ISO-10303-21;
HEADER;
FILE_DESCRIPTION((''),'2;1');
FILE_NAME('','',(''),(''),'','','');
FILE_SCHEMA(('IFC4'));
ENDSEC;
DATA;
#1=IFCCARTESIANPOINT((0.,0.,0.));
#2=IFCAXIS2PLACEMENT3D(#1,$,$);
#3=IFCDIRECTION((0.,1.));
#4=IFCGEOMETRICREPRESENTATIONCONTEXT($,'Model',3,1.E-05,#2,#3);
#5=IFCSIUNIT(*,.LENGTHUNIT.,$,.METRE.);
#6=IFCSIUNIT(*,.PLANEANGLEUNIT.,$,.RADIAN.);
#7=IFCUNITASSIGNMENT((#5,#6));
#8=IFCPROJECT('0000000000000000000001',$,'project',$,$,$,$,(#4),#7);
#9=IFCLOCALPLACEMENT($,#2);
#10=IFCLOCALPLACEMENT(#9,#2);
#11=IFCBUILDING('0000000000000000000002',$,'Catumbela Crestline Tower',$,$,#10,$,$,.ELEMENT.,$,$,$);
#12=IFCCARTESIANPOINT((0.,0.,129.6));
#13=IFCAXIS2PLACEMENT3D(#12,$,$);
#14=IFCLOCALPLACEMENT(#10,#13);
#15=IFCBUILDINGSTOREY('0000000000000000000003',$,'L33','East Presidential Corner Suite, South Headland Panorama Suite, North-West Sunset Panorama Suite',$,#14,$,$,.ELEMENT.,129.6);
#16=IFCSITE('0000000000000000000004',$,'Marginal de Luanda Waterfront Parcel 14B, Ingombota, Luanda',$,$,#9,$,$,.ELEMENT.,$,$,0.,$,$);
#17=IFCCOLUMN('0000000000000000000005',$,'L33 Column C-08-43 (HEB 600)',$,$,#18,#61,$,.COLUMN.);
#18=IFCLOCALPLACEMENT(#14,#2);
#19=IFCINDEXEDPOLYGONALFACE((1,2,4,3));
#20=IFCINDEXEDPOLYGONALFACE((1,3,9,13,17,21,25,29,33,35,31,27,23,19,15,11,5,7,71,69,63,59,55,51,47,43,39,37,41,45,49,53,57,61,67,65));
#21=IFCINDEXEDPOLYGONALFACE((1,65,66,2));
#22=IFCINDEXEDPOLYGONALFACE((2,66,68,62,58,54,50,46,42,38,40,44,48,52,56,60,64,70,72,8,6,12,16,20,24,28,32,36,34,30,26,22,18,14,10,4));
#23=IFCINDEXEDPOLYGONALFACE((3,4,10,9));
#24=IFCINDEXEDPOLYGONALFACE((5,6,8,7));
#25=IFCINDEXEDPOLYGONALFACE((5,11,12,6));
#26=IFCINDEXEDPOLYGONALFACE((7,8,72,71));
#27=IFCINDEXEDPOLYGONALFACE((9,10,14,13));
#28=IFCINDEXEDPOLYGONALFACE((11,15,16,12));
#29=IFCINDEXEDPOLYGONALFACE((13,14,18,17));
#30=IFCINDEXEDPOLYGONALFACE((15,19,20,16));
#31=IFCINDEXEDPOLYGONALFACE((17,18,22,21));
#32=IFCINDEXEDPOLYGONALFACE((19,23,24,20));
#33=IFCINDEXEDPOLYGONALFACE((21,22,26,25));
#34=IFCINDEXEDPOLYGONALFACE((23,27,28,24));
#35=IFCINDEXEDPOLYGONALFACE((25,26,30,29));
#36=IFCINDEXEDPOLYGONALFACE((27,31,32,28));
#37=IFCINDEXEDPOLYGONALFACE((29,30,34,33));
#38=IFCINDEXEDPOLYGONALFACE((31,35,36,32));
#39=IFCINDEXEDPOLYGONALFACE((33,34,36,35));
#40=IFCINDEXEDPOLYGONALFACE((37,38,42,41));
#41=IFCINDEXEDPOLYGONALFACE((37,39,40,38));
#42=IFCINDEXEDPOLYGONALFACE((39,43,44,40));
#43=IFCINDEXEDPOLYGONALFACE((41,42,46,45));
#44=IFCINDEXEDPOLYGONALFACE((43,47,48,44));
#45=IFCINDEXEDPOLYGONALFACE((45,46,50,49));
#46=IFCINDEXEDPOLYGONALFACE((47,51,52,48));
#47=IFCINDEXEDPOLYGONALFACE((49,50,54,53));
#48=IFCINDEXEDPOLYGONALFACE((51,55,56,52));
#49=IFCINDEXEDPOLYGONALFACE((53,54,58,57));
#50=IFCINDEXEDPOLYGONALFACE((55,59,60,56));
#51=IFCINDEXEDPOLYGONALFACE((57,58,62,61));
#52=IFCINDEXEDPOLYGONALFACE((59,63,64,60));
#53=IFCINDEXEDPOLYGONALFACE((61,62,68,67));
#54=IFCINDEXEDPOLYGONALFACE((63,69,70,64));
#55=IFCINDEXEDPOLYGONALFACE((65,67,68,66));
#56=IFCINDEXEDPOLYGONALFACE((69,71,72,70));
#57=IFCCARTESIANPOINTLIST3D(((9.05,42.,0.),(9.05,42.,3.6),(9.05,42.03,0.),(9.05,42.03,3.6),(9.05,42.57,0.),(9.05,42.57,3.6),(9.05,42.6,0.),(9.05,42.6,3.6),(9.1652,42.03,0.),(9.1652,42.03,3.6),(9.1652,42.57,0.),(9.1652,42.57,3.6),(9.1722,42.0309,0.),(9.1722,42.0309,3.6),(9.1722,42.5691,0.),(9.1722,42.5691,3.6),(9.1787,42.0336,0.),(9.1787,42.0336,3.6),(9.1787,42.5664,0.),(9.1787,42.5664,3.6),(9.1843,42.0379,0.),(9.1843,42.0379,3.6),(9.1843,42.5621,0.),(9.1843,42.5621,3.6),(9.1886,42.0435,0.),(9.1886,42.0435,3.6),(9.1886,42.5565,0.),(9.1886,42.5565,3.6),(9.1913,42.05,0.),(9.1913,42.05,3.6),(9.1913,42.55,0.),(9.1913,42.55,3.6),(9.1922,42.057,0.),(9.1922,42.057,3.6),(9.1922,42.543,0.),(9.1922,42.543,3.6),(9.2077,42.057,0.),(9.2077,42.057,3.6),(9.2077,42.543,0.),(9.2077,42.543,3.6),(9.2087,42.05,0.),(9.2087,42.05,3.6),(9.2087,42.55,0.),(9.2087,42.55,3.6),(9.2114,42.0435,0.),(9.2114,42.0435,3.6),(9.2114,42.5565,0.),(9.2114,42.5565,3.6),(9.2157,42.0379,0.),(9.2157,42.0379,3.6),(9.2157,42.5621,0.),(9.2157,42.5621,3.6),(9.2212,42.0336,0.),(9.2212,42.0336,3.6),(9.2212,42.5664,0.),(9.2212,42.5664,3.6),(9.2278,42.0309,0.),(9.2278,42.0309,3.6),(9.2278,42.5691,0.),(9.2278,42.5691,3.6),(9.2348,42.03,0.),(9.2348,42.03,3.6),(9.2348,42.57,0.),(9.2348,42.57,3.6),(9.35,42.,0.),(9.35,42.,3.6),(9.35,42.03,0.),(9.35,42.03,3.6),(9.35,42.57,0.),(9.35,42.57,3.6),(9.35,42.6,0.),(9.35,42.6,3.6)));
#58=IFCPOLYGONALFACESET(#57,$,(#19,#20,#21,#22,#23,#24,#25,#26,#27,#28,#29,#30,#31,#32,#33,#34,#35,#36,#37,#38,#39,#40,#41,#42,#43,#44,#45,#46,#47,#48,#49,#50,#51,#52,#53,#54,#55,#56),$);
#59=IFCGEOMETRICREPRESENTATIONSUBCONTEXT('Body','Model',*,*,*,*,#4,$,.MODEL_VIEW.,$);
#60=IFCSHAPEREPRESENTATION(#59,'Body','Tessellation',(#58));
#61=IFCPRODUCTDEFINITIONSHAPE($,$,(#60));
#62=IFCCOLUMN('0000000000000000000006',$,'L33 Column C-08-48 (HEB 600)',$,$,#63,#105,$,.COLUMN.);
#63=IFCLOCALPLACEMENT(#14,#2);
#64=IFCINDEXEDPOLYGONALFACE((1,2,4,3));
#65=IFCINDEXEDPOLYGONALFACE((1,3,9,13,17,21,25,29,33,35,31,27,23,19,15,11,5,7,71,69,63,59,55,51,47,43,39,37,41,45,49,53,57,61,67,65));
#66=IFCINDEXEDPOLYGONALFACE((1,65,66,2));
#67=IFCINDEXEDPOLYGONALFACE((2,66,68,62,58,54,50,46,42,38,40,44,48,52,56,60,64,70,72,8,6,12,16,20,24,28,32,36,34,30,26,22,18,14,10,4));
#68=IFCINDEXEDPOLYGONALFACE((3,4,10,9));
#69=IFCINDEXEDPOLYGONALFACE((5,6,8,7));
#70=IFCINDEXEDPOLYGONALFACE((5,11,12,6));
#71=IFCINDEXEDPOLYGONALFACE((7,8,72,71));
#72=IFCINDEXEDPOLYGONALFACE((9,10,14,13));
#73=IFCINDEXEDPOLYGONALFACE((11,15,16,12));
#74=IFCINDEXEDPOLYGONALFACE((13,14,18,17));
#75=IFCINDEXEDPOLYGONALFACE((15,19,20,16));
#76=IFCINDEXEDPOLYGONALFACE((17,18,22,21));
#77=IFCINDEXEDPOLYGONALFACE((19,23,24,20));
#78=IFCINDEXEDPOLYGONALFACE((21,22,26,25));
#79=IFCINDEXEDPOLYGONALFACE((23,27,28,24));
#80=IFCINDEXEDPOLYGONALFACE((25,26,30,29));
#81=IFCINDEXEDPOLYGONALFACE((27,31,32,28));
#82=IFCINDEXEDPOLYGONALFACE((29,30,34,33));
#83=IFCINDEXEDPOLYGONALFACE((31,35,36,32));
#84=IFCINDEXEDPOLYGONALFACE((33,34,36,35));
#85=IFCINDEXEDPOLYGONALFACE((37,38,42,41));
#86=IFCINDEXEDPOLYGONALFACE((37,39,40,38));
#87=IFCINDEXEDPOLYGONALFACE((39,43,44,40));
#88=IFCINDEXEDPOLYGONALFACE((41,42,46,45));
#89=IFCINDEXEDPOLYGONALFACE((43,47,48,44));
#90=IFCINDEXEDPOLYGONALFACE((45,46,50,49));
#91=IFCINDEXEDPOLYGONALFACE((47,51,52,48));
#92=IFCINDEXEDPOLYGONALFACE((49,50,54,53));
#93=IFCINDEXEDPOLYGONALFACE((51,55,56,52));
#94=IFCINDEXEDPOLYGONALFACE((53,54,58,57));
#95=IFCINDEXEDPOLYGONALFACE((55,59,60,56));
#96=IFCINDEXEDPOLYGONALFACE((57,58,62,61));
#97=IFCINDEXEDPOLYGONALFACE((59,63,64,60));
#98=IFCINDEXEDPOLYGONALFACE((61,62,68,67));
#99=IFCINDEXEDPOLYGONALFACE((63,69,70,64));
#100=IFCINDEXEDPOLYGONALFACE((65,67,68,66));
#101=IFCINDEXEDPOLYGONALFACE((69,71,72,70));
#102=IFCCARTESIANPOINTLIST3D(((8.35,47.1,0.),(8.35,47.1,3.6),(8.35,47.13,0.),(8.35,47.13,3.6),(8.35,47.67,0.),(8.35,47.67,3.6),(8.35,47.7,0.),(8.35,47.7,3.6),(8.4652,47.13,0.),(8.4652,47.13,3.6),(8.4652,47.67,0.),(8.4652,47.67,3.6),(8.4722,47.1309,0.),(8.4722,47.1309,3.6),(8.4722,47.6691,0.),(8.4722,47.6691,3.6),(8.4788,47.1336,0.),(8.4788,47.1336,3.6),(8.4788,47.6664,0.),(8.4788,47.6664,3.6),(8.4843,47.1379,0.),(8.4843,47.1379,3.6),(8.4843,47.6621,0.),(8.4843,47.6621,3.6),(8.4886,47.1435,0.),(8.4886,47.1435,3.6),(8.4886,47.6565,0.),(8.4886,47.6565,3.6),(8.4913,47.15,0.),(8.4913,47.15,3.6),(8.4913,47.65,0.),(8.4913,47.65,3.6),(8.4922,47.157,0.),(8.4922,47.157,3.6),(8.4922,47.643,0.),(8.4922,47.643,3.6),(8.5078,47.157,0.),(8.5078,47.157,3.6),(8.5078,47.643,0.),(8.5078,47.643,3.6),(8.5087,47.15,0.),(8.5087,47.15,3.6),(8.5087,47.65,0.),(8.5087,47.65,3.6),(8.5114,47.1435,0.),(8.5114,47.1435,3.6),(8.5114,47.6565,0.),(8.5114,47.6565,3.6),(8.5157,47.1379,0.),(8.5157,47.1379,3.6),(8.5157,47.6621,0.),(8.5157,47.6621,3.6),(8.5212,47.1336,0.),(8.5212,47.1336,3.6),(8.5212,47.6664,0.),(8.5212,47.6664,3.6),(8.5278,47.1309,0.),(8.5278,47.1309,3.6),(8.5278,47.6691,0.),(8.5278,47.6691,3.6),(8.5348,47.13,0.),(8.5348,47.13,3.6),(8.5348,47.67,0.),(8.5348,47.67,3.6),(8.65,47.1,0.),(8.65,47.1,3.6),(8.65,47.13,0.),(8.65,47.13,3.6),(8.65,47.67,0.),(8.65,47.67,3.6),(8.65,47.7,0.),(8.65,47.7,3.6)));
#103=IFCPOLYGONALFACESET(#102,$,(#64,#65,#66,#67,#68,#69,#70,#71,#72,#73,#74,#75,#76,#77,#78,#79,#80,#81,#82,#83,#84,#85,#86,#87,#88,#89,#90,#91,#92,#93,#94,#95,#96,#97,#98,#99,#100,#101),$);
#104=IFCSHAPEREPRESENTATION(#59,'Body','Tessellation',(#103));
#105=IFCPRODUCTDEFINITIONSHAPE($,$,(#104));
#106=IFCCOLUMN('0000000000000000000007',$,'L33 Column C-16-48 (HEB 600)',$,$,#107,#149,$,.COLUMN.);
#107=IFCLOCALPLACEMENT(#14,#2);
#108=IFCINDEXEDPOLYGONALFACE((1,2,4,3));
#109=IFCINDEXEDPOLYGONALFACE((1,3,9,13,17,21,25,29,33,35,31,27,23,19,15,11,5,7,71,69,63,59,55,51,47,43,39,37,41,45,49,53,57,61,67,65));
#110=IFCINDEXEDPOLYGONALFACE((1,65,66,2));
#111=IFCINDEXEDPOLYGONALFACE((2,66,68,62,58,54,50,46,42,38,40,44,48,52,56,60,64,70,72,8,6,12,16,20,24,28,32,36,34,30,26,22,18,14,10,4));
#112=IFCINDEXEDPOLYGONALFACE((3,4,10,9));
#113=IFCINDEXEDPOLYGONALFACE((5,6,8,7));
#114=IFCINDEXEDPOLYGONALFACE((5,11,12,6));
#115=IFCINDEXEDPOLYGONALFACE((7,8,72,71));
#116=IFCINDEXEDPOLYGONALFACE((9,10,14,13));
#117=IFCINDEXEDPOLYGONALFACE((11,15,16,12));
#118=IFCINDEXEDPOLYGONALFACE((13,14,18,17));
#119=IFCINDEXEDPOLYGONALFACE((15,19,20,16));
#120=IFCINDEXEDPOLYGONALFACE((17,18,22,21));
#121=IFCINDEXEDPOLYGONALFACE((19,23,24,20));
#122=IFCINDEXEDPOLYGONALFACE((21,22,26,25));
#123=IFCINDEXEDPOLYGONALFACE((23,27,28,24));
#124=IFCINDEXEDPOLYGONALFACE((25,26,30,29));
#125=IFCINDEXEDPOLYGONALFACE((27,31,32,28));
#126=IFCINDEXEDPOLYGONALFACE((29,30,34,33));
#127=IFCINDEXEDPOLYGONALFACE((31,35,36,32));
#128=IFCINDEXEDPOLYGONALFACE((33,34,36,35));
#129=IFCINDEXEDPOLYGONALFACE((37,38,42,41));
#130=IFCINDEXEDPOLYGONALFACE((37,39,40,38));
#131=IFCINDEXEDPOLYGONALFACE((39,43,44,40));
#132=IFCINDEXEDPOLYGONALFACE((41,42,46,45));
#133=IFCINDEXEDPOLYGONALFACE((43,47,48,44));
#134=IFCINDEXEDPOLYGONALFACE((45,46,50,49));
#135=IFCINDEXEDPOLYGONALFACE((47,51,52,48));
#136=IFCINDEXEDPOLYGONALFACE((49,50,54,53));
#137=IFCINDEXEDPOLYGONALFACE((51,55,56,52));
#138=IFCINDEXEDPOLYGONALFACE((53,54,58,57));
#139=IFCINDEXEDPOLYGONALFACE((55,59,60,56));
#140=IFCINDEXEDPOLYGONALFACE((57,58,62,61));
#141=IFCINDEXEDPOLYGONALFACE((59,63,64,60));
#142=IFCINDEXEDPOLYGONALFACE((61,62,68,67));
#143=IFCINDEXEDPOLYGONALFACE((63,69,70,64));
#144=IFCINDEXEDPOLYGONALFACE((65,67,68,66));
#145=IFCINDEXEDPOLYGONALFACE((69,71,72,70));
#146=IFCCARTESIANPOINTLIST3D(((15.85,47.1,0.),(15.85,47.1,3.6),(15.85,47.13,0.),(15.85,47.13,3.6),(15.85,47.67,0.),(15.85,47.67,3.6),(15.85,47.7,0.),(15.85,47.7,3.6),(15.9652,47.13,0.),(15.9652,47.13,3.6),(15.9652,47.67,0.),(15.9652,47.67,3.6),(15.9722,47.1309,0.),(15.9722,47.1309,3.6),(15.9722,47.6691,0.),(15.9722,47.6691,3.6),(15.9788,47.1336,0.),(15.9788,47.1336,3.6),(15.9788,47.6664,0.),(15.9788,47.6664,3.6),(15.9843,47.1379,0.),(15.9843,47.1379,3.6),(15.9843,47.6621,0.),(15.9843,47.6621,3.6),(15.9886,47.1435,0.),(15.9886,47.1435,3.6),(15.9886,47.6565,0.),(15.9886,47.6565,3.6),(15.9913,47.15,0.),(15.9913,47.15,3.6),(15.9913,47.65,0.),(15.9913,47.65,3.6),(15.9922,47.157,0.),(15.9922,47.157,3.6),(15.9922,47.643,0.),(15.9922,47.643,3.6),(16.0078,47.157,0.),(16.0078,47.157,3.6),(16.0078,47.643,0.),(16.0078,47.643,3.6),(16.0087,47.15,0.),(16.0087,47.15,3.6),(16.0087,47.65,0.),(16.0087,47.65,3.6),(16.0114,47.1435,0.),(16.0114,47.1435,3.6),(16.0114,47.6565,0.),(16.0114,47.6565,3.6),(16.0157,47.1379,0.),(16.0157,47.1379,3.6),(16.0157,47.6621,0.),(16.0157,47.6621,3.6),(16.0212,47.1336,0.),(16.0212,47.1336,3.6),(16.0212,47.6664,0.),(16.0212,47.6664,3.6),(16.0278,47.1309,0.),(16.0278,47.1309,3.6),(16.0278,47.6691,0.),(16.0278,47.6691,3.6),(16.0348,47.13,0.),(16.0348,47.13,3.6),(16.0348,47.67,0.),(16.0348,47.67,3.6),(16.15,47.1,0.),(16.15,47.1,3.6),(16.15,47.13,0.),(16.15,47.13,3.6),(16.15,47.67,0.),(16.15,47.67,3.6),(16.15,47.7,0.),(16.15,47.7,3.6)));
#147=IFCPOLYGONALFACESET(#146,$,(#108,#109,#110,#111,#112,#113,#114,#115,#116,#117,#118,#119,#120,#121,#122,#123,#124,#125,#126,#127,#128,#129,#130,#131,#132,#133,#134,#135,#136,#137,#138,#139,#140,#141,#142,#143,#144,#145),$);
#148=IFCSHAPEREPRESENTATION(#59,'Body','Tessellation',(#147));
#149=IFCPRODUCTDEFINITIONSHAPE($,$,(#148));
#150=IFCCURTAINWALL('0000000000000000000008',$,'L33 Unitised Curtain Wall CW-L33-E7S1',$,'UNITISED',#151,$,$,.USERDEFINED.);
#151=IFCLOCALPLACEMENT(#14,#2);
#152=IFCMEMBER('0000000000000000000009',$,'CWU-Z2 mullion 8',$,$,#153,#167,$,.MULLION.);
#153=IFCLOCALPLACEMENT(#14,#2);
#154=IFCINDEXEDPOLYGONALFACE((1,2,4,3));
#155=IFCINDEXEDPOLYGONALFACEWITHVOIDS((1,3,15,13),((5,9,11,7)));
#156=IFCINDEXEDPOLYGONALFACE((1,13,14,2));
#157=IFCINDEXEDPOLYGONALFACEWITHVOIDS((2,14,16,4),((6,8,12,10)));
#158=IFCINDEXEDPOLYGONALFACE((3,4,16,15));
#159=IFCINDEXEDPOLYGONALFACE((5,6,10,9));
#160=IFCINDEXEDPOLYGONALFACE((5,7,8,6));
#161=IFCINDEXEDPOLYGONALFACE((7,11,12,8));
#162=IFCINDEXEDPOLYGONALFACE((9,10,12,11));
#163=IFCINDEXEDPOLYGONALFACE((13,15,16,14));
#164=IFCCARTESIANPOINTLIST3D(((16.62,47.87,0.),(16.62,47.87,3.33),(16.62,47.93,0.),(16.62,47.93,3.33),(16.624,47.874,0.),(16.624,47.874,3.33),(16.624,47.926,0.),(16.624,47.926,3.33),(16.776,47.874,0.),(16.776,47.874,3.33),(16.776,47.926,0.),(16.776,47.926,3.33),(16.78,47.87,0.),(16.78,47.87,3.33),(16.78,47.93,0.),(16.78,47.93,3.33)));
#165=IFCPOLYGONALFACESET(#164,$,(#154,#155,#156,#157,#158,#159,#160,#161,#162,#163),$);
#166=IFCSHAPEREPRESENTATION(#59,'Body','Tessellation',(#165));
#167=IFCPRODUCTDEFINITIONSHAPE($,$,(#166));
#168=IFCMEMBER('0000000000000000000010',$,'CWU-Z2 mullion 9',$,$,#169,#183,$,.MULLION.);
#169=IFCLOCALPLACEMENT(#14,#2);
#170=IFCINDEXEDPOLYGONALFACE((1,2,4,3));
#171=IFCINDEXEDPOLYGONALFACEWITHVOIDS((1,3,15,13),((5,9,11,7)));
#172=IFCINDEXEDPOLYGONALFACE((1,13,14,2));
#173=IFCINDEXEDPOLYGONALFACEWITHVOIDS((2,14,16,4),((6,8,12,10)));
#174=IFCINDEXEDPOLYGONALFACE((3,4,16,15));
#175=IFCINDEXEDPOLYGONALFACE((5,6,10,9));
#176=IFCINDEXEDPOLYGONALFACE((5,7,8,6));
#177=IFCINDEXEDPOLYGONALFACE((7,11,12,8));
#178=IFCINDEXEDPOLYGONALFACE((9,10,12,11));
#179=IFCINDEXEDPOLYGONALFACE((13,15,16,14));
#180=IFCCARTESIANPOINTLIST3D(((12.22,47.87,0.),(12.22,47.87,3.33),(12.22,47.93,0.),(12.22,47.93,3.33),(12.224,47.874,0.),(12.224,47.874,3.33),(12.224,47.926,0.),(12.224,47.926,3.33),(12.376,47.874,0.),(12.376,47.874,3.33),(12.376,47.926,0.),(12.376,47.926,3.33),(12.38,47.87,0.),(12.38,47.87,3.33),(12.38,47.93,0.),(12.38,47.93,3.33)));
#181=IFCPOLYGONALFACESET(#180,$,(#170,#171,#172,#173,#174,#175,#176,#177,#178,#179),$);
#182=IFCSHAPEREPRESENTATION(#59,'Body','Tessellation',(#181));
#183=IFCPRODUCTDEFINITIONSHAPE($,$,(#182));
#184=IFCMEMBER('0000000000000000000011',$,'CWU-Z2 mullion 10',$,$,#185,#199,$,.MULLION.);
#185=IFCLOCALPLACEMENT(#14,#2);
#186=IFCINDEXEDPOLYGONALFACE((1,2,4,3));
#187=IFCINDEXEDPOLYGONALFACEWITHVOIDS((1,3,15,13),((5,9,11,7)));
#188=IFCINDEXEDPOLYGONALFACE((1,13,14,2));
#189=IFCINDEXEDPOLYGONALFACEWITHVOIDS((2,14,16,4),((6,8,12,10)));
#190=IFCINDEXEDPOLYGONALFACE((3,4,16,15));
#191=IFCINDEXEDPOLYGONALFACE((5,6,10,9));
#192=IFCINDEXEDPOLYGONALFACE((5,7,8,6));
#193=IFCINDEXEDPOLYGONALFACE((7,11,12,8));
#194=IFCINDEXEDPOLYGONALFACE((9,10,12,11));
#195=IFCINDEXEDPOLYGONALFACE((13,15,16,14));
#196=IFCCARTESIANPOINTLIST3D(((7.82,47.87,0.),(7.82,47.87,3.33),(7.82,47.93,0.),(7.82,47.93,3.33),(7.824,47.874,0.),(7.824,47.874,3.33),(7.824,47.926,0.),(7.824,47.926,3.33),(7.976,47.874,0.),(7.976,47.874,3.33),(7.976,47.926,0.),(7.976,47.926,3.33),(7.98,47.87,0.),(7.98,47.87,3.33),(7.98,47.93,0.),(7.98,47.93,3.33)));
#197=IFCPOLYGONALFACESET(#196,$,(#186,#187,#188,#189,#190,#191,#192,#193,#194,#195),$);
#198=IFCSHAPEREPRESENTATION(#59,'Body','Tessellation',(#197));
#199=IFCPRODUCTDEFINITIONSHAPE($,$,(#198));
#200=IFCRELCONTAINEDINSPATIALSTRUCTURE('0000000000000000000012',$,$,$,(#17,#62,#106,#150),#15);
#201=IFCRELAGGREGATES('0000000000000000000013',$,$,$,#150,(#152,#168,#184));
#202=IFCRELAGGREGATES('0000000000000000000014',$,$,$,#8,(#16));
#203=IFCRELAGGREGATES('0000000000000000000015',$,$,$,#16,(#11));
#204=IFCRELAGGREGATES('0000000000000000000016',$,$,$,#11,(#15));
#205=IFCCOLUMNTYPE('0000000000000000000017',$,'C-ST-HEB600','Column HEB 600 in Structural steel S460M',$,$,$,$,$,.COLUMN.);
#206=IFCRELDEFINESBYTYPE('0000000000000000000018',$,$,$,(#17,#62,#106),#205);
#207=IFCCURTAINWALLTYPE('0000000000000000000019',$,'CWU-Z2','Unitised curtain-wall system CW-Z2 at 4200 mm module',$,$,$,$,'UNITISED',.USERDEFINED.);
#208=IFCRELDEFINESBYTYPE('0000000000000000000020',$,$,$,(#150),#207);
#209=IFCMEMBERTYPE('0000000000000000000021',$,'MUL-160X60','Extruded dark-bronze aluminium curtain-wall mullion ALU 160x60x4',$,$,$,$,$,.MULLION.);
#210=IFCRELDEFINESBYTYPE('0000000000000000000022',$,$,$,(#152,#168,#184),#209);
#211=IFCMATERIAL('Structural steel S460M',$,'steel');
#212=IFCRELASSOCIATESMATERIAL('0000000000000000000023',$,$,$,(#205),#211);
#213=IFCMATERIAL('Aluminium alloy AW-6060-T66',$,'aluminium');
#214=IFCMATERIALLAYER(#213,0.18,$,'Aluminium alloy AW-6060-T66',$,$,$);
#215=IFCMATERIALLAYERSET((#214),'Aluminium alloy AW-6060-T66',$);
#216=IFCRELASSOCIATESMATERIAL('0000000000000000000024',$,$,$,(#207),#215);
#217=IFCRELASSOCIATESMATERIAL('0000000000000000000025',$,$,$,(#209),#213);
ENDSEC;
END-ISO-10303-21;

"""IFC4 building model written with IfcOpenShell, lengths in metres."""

from ifc_helpers import new_model, si_unit, direction, frame, origin, origin_2d, place, context, subcontext, project, spatial, hollow_rectangle, i_section, extrude, material, layer, layer_set, material_profile, profile_set, type_object, element, aggregate, save


model = new_model("IFC4")

# Units and contexts
model_context = context("Model", 3, precision=1e-05, world=origin(), true_north=direction((0.0, 1.0)))
body_context = subcontext(model_context, "Body", "Model", "MODEL_VIEW")
ifc_project = project(units=[si_unit("LENGTHUNIT", "METRE"), si_unit("PLANEANGLEUNIT", "RADIAN")], contexts=[model_context])

# Site, building, storey
site_placement = place(None, origin())
site = spatial("IfcSite", under=ifc_project, at=site_placement, Name="Marginal de Luanda Waterfront Parcel 14B, Ingombota, Luanda", CompositionType="ELEMENT", RefElevation=0.0)
building_placement = place(site_placement, origin())
building = spatial("IfcBuilding", under=site, at=building_placement, Name="Catumbela Crestline Tower", CompositionType="ELEMENT")
storey_placement = place(building_placement, frame((0.0, 0.0, 129.6)))
storey = spatial("IfcBuildingStorey", under=building, at=storey_placement, Name="L33", Description="East Presidential Corner Suite, South Headland Panorama Suite, North-West Sunset Panorama Suite", CompositionType="ELEMENT", Elevation=129.6)

# Columns
ifc_material_1 = material(Name="Structural steel S460M", Category="steel")
ifc_material_profile_1 = material_profile(ifc_material_1, i_section(OverallWidth=0.3, OverallDepth=0.6, WebThickness=0.0155, FlangeThickness=0.03, FilletRadius=0.027, at=origin_2d()), Name="HEB 600")
ifc_profile_set_1 = profile_set([ifc_material_profile_1], Name="Structural steel S460M")
column_type = type_object("IfcColumnType", Name="C-ST-HEB600", Description="Column HEB 600 in Structural steel S460M", PredefinedType="COLUMN", material=ifc_profile_set_1)
for number, where, z_axis, x_axis, name in (
    (1, (9.2, 42.3, 0.0), (0.0, 0.0, 1.0), (1.0, 0.0, 0.0), "L33 Column C-08-43 (HEB 600)"),
    (2, (8.5, 47.4, 0.0), (0.0, 0.0, 1.0), (1.0, 0.0, 0.0), "L33 Column C-08-48 (HEB 600)"),
    (3, (16.0, 47.4, 0.0), (0.0, 0.0, 1.0), (1.0, 0.0, 0.0), "L33 Column C-16-48 (HEB 600)"),
):
    element("IfcColumn", number, at=place(storey_placement, frame(where, z_axis=z_axis, x_axis=x_axis)), inside=storey, type_object=column_type, Name=name, PredefinedType="COLUMN", context=body_context, shape_type="SweptSolid", body=[
        extrude(i_section(OverallWidth=0.3, OverallDepth=0.6, WebThickness=0.0155, FlangeThickness=0.03, FilletRadius=0.027, at=origin_2d()), origin(), (0.0, 0.0, 1.0), 3.6),
    ])

# Curtain wall, members
ifc_material_2 = material(Name="Aluminium alloy AW-6060-T66", Category="aluminium")
ifc_layer_1 = layer(ifc_material_2, 0.18, Name="Aluminium alloy AW-6060-T66")
ifc_layer_set_1 = layer_set([ifc_layer_1], Name="Aluminium alloy AW-6060-T66")
curtain_wall_type = type_object("IfcCurtainWallType", Name="CWU-Z2", Description="Unitised curtain-wall system CW-Z2 at 4200 mm module", ElementType="UNITISED", PredefinedType="USERDEFINED", material=ifc_layer_set_1)
curtain_wall_placement = place(storey_placement, origin())
curtain_wall = element("IfcCurtainWall", 4, at=curtain_wall_placement, inside=storey, type_object=curtain_wall_type, Name="L33 Unitised Curtain Wall CW-L33-E7S1", ObjectType="UNITISED", PredefinedType="USERDEFINED")
ifc_material_profile_2 = material_profile(ifc_material_2, hollow_rectangle(XDim=0.06, YDim=0.16, WallThickness=0.004, at=origin_2d()), Name="ALU 160x60x4")
ifc_profile_set_2 = profile_set([ifc_material_profile_2], Name="Aluminium alloy AW-6060-T66")
member_type_1 = type_object("IfcMemberType", Name="MUL-160X60", Description="Extruded dark-bronze aluminium curtain-wall mullion ALU 160x60x4", PredefinedType="MULLION", material=ifc_profile_set_2)
member_1_placement = place(storey_placement, frame((16.7, 47.9, 0.0), z_axis=(0.0, 0.0, 1.0), x_axis=(0.0, -1.0, 0.0)))
member_1 = element("IfcMember", 5, at=member_1_placement, type_object=member_type_1, Name="CWU-Z2 mullion 8", PredefinedType="MULLION", context=body_context, shape_type="SweptSolid", body=[
    extrude(hollow_rectangle(XDim=0.06, YDim=0.16, WallThickness=0.004, at=origin_2d()), origin(), (0.0, 0.0, 1.0), 3.33),
])
member_2_placement = place(storey_placement, frame((12.3, 47.9, 0.0), z_axis=(0.0, 0.0, 1.0), x_axis=(0.0, -1.0, 0.0)))
member_2 = element("IfcMember", 6, at=member_2_placement, type_object=member_type_1, Name="CWU-Z2 mullion 9", PredefinedType="MULLION", context=body_context, shape_type="SweptSolid", body=[
    extrude(hollow_rectangle(XDim=0.06, YDim=0.16, WallThickness=0.004, at=origin_2d()), origin(), (0.0, 0.0, 1.0), 3.33),
])
member_3_placement = place(storey_placement, frame((7.9, 47.9, 0.0), z_axis=(0.0, 0.0, 1.0), x_axis=(0.0, -1.0, 0.0)))
member_3 = element("IfcMember", 7, at=member_3_placement, type_object=member_type_1, Name="CWU-Z2 mullion 10", PredefinedType="MULLION", context=body_context, shape_type="SweptSolid", body=[
    extrude(hollow_rectangle(XDim=0.06, YDim=0.16, WallThickness=0.004, at=origin_2d()), origin(), (0.0, 0.0, 1.0), 3.33),
])

aggregate(curtain_wall, [member_1, member_2, member_3])

save(model, "model.ifc")
